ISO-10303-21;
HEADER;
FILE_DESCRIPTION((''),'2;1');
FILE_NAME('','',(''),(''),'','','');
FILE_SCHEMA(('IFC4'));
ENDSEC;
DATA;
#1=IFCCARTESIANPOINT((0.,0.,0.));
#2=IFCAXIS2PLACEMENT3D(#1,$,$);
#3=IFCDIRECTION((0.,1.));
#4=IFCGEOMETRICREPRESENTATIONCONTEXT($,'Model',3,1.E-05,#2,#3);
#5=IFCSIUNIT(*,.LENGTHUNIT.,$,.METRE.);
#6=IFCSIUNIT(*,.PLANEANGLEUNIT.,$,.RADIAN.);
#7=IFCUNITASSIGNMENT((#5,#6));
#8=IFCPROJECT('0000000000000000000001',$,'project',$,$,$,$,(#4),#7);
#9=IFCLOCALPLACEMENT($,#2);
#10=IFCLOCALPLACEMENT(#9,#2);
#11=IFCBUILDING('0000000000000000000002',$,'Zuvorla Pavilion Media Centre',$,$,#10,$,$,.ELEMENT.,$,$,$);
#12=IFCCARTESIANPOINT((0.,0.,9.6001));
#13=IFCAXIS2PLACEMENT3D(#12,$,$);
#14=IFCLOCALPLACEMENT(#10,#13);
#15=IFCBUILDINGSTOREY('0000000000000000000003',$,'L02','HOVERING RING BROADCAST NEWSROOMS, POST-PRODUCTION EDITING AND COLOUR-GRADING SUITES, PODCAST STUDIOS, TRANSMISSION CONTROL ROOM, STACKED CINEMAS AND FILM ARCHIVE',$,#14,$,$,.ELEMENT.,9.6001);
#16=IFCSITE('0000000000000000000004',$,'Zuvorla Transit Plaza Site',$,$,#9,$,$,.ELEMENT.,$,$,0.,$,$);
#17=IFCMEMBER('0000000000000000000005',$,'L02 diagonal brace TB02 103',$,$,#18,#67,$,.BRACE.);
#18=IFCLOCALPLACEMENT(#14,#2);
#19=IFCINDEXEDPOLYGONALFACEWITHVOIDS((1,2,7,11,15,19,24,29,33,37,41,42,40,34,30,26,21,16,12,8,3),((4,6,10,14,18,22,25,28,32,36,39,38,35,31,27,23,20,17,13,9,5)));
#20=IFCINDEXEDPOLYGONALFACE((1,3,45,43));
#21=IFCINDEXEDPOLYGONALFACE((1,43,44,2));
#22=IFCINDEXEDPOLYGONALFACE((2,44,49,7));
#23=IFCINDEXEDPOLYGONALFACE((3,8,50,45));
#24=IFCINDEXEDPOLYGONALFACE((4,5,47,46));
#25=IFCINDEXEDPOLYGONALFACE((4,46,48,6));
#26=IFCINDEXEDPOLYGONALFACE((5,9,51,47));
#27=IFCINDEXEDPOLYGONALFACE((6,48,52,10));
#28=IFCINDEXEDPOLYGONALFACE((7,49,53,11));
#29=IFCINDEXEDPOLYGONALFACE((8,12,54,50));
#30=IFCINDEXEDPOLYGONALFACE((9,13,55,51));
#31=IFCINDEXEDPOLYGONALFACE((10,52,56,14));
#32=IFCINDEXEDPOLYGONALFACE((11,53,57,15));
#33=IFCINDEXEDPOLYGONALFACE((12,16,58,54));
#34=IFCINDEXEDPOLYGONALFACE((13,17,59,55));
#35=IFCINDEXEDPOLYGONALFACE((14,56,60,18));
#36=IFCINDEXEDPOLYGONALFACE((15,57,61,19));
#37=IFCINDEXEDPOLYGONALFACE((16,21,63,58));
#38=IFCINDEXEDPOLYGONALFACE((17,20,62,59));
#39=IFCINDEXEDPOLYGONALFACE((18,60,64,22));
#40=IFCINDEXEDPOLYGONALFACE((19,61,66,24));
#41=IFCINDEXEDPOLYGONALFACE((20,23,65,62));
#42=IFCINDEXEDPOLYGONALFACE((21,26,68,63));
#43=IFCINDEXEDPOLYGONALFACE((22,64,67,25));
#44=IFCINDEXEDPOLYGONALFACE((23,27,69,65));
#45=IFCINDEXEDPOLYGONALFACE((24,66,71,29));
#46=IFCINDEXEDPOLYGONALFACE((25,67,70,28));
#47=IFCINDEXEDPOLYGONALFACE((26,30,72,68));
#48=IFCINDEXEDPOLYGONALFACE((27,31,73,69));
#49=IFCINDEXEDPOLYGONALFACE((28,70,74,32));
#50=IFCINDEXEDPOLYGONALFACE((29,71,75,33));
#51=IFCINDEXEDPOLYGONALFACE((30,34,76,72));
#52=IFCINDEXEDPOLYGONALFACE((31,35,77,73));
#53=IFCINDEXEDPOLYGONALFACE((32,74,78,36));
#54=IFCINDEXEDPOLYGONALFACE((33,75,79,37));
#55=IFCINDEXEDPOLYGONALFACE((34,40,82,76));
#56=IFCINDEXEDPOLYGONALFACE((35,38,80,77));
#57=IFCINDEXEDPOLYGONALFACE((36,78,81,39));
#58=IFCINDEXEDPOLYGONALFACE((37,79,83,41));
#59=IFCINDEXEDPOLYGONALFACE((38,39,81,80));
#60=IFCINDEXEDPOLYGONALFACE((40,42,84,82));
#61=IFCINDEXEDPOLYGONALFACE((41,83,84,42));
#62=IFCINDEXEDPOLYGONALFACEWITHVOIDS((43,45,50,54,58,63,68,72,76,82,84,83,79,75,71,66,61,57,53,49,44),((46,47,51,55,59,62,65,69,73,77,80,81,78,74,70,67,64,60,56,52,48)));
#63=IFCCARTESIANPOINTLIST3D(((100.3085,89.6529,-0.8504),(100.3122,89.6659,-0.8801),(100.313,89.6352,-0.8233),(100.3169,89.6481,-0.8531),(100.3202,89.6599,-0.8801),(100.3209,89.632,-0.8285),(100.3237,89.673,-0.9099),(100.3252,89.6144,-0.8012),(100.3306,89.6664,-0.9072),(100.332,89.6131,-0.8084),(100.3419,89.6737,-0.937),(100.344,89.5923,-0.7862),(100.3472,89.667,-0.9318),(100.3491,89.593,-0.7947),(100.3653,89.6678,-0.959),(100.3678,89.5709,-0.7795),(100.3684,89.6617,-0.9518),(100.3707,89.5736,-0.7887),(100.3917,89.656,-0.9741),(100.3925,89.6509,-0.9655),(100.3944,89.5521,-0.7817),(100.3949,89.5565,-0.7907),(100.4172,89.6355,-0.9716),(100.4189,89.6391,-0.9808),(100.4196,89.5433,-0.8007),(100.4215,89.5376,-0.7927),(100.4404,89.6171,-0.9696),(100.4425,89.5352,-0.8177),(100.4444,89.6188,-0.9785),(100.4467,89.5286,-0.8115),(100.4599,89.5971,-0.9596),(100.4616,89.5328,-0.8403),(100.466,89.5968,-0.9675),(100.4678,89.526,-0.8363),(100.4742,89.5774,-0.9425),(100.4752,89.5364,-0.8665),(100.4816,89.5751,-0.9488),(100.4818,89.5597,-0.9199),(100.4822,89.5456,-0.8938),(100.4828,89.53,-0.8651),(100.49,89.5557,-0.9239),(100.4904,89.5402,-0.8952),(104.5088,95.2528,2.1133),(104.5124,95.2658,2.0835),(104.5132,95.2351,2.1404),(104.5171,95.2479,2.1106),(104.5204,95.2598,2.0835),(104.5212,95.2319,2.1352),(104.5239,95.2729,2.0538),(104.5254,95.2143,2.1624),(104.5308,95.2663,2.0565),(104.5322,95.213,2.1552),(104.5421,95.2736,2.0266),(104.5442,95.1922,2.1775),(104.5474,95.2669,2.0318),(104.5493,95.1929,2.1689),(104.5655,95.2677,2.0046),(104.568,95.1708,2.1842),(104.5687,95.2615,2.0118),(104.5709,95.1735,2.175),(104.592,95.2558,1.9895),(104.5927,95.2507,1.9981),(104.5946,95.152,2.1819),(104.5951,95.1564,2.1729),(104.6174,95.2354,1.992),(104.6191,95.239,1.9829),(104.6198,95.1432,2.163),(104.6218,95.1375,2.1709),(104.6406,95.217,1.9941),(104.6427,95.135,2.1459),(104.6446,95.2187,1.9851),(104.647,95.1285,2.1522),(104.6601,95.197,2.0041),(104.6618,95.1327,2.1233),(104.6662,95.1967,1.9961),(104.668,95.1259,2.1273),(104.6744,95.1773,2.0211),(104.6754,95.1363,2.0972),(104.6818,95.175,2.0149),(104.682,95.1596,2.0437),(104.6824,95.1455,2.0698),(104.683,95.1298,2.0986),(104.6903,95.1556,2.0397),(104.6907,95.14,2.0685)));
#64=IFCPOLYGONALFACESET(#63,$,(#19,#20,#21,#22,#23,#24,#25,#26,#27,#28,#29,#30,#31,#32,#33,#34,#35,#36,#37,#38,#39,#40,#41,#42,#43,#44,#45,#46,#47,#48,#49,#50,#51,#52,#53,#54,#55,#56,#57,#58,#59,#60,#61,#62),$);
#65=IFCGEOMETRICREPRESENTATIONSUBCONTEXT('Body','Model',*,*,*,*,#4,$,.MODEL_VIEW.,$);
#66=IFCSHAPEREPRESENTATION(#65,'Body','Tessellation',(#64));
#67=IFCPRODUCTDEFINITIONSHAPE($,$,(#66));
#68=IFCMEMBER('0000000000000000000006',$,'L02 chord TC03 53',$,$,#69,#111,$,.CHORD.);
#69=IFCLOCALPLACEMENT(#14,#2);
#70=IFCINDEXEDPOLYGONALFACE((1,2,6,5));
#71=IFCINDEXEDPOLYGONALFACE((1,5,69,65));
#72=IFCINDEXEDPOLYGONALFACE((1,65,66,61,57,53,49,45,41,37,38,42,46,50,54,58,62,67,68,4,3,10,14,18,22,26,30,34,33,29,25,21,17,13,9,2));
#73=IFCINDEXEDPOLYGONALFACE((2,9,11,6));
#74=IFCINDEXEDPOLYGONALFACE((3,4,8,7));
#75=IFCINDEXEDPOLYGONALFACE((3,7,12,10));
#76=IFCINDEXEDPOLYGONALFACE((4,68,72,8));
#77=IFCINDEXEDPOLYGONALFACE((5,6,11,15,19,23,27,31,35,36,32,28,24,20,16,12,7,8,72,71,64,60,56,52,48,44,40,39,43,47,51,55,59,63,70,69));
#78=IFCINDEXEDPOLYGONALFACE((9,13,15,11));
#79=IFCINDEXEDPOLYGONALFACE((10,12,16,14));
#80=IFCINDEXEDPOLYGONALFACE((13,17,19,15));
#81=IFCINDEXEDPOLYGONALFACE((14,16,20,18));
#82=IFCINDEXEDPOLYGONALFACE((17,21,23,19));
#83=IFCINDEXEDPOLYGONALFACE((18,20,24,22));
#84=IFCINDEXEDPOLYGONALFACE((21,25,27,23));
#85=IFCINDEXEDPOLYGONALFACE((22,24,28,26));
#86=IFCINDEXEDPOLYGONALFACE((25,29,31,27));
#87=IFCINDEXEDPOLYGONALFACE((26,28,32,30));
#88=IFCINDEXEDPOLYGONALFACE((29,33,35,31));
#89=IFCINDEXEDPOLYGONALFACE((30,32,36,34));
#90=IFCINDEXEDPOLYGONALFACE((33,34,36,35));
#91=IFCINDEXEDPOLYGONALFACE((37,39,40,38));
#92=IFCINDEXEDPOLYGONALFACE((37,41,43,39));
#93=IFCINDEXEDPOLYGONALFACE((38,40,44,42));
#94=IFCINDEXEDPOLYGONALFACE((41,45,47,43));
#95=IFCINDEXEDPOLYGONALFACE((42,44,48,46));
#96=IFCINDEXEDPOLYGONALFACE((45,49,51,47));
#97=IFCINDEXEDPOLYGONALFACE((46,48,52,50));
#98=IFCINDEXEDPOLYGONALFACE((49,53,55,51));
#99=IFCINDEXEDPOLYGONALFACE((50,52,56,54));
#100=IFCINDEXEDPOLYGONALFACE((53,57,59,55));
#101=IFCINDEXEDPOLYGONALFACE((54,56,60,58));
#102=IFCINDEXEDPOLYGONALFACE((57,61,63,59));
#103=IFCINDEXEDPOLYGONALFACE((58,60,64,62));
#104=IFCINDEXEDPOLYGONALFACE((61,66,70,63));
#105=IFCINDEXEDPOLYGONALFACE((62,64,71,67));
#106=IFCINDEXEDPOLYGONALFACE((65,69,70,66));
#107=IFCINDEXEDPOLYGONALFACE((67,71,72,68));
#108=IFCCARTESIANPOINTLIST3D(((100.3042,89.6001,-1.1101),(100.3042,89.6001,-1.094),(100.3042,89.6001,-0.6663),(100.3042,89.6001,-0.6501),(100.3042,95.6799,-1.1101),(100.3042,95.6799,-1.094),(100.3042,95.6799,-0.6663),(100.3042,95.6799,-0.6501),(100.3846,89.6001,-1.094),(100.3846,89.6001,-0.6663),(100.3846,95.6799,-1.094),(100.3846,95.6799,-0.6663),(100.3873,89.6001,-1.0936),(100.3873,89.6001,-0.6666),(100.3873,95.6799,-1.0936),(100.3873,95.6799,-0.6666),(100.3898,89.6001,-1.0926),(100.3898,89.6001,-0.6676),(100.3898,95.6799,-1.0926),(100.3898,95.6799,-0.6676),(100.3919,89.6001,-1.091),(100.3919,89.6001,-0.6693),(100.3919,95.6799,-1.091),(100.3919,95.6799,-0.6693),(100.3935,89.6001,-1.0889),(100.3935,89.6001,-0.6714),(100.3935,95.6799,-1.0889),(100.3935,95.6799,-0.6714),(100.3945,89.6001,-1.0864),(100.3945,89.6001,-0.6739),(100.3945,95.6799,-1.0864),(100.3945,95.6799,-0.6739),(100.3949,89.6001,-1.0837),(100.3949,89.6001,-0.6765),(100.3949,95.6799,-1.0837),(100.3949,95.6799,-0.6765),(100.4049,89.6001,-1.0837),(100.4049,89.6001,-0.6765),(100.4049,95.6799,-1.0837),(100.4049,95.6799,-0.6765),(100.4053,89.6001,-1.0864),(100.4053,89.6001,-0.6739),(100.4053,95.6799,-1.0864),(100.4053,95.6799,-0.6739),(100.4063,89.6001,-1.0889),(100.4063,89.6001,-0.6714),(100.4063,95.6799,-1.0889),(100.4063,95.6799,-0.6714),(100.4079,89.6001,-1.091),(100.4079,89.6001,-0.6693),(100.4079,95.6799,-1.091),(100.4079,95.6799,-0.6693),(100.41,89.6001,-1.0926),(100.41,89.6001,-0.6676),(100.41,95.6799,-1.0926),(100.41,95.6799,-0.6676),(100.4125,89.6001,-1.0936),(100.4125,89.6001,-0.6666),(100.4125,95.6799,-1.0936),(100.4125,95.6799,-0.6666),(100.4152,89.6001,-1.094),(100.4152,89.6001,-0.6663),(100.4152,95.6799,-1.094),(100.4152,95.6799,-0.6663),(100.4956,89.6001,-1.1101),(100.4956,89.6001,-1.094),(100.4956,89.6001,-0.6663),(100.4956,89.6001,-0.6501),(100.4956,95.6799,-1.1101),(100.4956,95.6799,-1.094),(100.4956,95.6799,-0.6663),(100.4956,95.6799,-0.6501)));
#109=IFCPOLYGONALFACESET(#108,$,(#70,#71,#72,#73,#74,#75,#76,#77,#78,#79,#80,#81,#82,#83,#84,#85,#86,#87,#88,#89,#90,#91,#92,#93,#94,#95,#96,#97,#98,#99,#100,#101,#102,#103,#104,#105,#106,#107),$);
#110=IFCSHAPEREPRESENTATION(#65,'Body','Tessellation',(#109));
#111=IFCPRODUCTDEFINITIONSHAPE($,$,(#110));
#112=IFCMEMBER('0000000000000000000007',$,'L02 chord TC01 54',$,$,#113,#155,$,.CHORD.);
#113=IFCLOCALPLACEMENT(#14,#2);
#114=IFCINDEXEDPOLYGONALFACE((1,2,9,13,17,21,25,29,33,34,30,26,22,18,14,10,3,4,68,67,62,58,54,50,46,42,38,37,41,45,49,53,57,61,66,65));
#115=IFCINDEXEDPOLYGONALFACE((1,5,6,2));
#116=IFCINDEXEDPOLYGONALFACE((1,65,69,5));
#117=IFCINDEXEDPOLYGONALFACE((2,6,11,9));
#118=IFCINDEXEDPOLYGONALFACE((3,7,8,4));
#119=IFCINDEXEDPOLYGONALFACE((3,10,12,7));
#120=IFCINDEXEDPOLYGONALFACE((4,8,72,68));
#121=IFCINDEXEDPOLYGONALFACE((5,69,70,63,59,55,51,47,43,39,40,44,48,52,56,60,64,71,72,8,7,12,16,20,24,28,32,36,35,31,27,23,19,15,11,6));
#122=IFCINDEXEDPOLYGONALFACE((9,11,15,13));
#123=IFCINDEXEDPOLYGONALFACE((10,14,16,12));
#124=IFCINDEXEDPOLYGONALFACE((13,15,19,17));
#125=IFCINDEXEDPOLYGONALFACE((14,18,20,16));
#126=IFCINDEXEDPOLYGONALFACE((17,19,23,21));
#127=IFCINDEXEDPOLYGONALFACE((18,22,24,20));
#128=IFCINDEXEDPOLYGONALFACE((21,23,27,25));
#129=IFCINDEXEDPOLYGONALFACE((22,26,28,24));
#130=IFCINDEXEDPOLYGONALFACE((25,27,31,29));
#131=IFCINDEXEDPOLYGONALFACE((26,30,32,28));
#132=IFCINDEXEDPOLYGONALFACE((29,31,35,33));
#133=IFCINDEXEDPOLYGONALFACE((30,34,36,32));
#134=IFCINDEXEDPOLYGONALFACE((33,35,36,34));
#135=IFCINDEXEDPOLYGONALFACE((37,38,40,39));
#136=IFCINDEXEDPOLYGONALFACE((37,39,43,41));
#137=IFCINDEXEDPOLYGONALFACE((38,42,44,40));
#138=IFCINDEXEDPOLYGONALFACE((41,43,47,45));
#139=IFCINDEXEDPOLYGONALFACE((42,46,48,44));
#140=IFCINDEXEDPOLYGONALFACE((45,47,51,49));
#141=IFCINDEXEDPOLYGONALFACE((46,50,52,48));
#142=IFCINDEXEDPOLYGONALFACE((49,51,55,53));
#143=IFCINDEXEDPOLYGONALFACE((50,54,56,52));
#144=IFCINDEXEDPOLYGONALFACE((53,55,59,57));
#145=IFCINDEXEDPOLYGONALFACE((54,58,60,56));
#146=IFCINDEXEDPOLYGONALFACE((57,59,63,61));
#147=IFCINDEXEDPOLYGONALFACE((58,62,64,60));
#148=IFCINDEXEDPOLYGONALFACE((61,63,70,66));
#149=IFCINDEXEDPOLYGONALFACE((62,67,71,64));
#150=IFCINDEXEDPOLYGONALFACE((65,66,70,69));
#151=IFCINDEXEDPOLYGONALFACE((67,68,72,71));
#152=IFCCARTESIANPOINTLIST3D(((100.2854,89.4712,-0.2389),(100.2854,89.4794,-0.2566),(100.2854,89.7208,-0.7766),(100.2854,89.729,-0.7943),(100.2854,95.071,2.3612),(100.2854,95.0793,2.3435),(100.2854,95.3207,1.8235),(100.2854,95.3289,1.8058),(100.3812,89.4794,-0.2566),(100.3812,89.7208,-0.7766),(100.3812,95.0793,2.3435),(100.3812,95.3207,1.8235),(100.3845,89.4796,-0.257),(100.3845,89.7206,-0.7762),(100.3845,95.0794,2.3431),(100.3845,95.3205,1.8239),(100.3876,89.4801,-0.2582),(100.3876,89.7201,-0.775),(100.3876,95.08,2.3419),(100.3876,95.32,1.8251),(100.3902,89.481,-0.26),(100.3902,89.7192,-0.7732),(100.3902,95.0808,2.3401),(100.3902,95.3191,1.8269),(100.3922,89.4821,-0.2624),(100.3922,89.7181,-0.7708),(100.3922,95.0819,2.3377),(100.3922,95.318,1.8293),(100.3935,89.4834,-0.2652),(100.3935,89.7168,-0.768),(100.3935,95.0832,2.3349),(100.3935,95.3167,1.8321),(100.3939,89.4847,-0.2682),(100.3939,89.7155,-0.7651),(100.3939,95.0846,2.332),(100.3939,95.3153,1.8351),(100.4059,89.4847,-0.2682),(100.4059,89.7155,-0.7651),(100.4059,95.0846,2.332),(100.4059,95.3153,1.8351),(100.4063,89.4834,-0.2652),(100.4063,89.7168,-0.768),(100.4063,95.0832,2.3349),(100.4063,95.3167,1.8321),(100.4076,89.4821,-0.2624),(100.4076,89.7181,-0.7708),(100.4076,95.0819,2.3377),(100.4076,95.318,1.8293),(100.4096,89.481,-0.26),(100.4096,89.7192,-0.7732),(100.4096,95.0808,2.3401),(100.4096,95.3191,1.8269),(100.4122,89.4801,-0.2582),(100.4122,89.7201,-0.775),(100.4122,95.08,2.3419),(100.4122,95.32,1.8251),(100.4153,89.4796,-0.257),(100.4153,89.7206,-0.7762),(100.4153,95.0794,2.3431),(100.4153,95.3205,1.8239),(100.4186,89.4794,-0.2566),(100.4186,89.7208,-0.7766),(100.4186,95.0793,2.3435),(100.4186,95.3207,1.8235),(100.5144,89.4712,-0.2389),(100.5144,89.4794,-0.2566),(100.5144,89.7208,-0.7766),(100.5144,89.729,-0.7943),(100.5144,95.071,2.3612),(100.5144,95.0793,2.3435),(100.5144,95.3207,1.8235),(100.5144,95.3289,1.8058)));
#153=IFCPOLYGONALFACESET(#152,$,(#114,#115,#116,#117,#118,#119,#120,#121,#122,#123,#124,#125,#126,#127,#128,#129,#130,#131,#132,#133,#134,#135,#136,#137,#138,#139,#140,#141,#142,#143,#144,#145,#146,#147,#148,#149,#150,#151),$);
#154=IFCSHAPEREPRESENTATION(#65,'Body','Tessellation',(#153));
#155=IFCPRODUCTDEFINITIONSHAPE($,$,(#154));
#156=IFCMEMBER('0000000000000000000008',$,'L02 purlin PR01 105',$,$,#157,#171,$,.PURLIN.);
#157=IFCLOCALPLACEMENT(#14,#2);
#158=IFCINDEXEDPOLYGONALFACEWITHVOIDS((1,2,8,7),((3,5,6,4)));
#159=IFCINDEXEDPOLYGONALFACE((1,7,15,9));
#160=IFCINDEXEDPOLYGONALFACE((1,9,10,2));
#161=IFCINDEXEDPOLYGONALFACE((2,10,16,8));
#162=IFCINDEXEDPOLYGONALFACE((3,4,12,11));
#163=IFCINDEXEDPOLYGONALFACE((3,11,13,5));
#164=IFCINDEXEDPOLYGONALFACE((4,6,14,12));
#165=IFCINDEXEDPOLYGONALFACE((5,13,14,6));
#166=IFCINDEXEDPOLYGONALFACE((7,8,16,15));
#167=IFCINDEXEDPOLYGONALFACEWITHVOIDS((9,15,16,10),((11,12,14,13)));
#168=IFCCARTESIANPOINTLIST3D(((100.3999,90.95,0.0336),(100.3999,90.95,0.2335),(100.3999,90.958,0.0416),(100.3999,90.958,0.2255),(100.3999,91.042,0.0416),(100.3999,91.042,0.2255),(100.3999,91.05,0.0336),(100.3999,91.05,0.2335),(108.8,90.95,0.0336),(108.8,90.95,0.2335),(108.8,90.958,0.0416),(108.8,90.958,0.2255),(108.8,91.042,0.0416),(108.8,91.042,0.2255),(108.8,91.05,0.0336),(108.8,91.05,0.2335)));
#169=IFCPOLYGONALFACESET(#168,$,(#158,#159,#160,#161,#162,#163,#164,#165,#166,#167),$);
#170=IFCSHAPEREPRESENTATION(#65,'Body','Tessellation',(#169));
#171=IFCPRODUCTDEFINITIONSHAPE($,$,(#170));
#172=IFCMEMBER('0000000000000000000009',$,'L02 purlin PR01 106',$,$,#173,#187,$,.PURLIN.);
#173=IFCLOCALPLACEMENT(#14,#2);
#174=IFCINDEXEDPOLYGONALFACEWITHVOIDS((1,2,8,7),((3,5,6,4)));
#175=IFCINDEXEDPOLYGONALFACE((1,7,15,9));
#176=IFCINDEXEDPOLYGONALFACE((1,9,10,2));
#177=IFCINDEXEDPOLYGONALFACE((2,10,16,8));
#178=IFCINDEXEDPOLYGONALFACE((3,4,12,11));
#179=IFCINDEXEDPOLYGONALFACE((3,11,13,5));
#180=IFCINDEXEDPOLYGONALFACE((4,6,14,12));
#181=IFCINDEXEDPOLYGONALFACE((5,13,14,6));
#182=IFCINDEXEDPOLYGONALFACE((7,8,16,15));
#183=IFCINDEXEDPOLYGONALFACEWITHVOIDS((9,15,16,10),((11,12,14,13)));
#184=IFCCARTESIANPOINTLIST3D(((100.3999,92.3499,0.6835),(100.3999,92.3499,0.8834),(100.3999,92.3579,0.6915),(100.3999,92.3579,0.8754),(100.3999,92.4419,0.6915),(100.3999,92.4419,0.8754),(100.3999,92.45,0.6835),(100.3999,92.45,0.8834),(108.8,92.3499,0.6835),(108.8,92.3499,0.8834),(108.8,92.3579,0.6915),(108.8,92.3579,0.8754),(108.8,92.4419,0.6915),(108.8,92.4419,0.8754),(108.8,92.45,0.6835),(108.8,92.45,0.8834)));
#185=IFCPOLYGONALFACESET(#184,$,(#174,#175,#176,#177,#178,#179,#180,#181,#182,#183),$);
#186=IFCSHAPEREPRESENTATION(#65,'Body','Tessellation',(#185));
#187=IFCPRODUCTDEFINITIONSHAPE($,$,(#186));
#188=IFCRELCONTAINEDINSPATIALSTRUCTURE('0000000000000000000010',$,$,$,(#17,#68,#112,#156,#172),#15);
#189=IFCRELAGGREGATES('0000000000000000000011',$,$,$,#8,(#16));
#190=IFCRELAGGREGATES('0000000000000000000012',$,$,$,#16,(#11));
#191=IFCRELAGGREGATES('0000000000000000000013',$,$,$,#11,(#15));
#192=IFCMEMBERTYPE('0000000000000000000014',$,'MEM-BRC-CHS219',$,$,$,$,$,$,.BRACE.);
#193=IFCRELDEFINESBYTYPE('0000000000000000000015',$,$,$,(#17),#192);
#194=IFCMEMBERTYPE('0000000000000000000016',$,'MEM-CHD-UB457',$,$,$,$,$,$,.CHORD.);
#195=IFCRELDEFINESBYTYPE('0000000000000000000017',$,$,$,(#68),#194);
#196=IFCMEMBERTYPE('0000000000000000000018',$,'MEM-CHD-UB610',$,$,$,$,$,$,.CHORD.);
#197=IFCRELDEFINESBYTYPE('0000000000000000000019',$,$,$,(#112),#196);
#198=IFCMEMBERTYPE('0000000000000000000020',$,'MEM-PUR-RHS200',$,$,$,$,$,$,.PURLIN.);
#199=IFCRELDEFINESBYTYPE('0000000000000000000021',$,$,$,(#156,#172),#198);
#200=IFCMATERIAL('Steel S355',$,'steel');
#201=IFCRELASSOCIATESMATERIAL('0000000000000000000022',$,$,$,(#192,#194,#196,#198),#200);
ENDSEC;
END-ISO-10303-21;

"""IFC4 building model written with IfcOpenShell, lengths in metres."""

from ifc_helpers import new_model, si_unit, direction, frame, origin, origin_2d, place, context, subcontext, project, spatial, hollow_rectangle, hollow_circle, i_section, extrude, material, material_profile, profile_set, type_object, element, save


model = new_model("IFC4")

# Units and contexts
model_context = context("Model", 3, precision=1e-05, world=origin(), true_north=direction((0.0, 1.0)))
body_context = subcontext(model_context, "Body", "Model", "MODEL_VIEW")
ifc_project = project(units=[si_unit("LENGTHUNIT", "METRE"), si_unit("PLANEANGLEUNIT", "RADIAN")], contexts=[model_context])

# Site, building, storey
site_placement = place(None, origin())
site = spatial("IfcSite", under=ifc_project, at=site_placement, Name="Zuvorla Transit Plaza Site", CompositionType="ELEMENT", RefElevation=0.0)
building_placement = place(site_placement, origin())
building = spatial("IfcBuilding", under=site, at=building_placement, Name="Zuvorla Pavilion Media Centre", CompositionType="ELEMENT")
storey_placement = place(building_placement, frame((0.0, 0.0, 9.6001)))
storey = spatial("IfcBuildingStorey", under=building, at=storey_placement, Name="L02", Description="HOVERING RING BROADCAST NEWSROOMS, POST-PRODUCTION EDITING AND COLOUR-GRADING SUITES, PODCAST STUDIOS, TRANSMISSION CONTROL ROOM, STACKED CINEMAS AND FILM ARCHIVE", CompositionType="ELEMENT", Elevation=9.6001)

# Shared definitions
ifc_material_1 = material(Name="Steel S355", Category="steel")

# Members
ifc_material_profile_1 = material_profile(ifc_material_1, hollow_circle(Radius=0.1096, WallThickness=0.01, at=origin_2d()), Name="CHS 219.1x10")
ifc_profile_set_1 = profile_set([ifc_material_profile_1], Name="Steel S355")
member_type_1 = type_object("IfcMemberType", Name="MEM-BRC-CHS219", PredefinedType="BRACE", material=ifc_profile_set_1)
member_1_placement = place(storey_placement, frame((100.3999, 89.6001, -0.8801), z_axis=(0.552547, 0.736676, 0.389873), x_axis=(-0.799979, 0.600028, 0.0)))
element("IfcMember", 1, at=member_1_placement, inside=storey, type_object=member_type_1, Name="L02 diagonal brace TB02 103", PredefinedType="BRACE", context=body_context, shape_type="SweptSolid", body=[
    extrude(hollow_circle(Radius=0.1096, WallThickness=0.01, at=origin_2d()), origin(), (0.0, 0.0, 1.0), 7.6016),
])
ifc_material_profile_2 = material_profile(ifc_material_1, i_section(OverallWidth=0.1914, OverallDepth=0.46, WebThickness=0.01, FlangeThickness=0.0161, FilletRadius=0.0103, at=origin_2d()), Name="UB 457x191x82")
ifc_profile_set_2 = profile_set([ifc_material_profile_2], Name="Steel S355")
member_type_2 = type_object("IfcMemberType", Name="MEM-CHD-UB457", PredefinedType="CHORD", material=ifc_profile_set_2)
member_2_placement = place(storey_placement, frame((100.3999, 89.6001, -0.8801), z_axis=(0.0, 1.0, 0.0), x_axis=(-1.0, 0.0, 0.0)))
element("IfcMember", 2, at=member_2_placement, inside=storey, type_object=member_type_2, Name="L02 chord TC03 53", PredefinedType="CHORD", context=body_context, shape_type="SweptSolid", body=[
    extrude(i_section(OverallWidth=0.1914, OverallDepth=0.46, WebThickness=0.01, FlangeThickness=0.0161, FilletRadius=0.0103, at=origin_2d()), origin(), (0.0, 0.0, 1.0), 6.0798),
])
ifc_material_profile_3 = material_profile(ifc_material_1, i_section(OverallWidth=0.229, OverallDepth=0.6123, WebThickness=0.012, FlangeThickness=0.0195, FilletRadius=0.0127, at=origin_2d()), Name="UB 610x229x125")
ifc_profile_set_3 = profile_set([ifc_material_profile_3], Name="Steel S355")
member_type_3 = type_object("IfcMemberType", Name="MEM-CHD-UB610", PredefinedType="CHORD", material=ifc_profile_set_3)
member_3_placement = place(storey_placement, frame((100.3999, 89.6001, -0.5166), z_axis=(0.0, 0.906999, 0.421133), x_axis=(-1.0, 0.0, 0.0)))
element("IfcMember", 3, at=member_3_placement, inside=storey, type_object=member_type_3, Name="L02 chord TC01 54", PredefinedType="CHORD", context=body_context, shape_type="SweptSolid", body=[
    extrude(i_section(OverallWidth=0.229, OverallDepth=0.6123, WebThickness=0.012, FlangeThickness=0.0195, FilletRadius=0.0127, at=origin_2d()), origin(), (0.0, 0.0, 1.0), 6.1741),
])
ifc_material_profile_4 = material_profile(ifc_material_1, hollow_rectangle(XDim=0.1001, YDim=0.2, WallThickness=0.0081, at=origin_2d()), Name="RHS 200x100x8")
ifc_profile_set_4 = profile_set([ifc_material_profile_4], Name="Steel S355")
member_type_4 = type_object("IfcMemberType", Name="MEM-PUR-RHS200", PredefinedType="PURLIN", material=ifc_profile_set_4)
for number, where, z_axis, x_axis, name in (
    (4, (100.3999, 91.0, 0.1335), (1.0, 0.0, 0.0), (0.0, 1.0, 0.0), "L02 purlin PR01 105"),
    (5, (100.3999, 92.3999, 0.7834), (1.0, 0.0, 0.0), (0.0, 1.0, 0.0), "L02 purlin PR01 106"),
):
    element("IfcMember", number, at=place(storey_placement, frame(where, z_axis=z_axis, x_axis=x_axis)), inside=storey, type_object=member_type_4, Name=name, PredefinedType="PURLIN", context=body_context, shape_type="SweptSolid", body=[
        extrude(hollow_rectangle(XDim=0.1001, YDim=0.2, WallThickness=0.0081, at=origin_2d()), origin(), (0.0, 0.0, 1.0), 8.4001),
    ])

save(model, "model.ifc")
